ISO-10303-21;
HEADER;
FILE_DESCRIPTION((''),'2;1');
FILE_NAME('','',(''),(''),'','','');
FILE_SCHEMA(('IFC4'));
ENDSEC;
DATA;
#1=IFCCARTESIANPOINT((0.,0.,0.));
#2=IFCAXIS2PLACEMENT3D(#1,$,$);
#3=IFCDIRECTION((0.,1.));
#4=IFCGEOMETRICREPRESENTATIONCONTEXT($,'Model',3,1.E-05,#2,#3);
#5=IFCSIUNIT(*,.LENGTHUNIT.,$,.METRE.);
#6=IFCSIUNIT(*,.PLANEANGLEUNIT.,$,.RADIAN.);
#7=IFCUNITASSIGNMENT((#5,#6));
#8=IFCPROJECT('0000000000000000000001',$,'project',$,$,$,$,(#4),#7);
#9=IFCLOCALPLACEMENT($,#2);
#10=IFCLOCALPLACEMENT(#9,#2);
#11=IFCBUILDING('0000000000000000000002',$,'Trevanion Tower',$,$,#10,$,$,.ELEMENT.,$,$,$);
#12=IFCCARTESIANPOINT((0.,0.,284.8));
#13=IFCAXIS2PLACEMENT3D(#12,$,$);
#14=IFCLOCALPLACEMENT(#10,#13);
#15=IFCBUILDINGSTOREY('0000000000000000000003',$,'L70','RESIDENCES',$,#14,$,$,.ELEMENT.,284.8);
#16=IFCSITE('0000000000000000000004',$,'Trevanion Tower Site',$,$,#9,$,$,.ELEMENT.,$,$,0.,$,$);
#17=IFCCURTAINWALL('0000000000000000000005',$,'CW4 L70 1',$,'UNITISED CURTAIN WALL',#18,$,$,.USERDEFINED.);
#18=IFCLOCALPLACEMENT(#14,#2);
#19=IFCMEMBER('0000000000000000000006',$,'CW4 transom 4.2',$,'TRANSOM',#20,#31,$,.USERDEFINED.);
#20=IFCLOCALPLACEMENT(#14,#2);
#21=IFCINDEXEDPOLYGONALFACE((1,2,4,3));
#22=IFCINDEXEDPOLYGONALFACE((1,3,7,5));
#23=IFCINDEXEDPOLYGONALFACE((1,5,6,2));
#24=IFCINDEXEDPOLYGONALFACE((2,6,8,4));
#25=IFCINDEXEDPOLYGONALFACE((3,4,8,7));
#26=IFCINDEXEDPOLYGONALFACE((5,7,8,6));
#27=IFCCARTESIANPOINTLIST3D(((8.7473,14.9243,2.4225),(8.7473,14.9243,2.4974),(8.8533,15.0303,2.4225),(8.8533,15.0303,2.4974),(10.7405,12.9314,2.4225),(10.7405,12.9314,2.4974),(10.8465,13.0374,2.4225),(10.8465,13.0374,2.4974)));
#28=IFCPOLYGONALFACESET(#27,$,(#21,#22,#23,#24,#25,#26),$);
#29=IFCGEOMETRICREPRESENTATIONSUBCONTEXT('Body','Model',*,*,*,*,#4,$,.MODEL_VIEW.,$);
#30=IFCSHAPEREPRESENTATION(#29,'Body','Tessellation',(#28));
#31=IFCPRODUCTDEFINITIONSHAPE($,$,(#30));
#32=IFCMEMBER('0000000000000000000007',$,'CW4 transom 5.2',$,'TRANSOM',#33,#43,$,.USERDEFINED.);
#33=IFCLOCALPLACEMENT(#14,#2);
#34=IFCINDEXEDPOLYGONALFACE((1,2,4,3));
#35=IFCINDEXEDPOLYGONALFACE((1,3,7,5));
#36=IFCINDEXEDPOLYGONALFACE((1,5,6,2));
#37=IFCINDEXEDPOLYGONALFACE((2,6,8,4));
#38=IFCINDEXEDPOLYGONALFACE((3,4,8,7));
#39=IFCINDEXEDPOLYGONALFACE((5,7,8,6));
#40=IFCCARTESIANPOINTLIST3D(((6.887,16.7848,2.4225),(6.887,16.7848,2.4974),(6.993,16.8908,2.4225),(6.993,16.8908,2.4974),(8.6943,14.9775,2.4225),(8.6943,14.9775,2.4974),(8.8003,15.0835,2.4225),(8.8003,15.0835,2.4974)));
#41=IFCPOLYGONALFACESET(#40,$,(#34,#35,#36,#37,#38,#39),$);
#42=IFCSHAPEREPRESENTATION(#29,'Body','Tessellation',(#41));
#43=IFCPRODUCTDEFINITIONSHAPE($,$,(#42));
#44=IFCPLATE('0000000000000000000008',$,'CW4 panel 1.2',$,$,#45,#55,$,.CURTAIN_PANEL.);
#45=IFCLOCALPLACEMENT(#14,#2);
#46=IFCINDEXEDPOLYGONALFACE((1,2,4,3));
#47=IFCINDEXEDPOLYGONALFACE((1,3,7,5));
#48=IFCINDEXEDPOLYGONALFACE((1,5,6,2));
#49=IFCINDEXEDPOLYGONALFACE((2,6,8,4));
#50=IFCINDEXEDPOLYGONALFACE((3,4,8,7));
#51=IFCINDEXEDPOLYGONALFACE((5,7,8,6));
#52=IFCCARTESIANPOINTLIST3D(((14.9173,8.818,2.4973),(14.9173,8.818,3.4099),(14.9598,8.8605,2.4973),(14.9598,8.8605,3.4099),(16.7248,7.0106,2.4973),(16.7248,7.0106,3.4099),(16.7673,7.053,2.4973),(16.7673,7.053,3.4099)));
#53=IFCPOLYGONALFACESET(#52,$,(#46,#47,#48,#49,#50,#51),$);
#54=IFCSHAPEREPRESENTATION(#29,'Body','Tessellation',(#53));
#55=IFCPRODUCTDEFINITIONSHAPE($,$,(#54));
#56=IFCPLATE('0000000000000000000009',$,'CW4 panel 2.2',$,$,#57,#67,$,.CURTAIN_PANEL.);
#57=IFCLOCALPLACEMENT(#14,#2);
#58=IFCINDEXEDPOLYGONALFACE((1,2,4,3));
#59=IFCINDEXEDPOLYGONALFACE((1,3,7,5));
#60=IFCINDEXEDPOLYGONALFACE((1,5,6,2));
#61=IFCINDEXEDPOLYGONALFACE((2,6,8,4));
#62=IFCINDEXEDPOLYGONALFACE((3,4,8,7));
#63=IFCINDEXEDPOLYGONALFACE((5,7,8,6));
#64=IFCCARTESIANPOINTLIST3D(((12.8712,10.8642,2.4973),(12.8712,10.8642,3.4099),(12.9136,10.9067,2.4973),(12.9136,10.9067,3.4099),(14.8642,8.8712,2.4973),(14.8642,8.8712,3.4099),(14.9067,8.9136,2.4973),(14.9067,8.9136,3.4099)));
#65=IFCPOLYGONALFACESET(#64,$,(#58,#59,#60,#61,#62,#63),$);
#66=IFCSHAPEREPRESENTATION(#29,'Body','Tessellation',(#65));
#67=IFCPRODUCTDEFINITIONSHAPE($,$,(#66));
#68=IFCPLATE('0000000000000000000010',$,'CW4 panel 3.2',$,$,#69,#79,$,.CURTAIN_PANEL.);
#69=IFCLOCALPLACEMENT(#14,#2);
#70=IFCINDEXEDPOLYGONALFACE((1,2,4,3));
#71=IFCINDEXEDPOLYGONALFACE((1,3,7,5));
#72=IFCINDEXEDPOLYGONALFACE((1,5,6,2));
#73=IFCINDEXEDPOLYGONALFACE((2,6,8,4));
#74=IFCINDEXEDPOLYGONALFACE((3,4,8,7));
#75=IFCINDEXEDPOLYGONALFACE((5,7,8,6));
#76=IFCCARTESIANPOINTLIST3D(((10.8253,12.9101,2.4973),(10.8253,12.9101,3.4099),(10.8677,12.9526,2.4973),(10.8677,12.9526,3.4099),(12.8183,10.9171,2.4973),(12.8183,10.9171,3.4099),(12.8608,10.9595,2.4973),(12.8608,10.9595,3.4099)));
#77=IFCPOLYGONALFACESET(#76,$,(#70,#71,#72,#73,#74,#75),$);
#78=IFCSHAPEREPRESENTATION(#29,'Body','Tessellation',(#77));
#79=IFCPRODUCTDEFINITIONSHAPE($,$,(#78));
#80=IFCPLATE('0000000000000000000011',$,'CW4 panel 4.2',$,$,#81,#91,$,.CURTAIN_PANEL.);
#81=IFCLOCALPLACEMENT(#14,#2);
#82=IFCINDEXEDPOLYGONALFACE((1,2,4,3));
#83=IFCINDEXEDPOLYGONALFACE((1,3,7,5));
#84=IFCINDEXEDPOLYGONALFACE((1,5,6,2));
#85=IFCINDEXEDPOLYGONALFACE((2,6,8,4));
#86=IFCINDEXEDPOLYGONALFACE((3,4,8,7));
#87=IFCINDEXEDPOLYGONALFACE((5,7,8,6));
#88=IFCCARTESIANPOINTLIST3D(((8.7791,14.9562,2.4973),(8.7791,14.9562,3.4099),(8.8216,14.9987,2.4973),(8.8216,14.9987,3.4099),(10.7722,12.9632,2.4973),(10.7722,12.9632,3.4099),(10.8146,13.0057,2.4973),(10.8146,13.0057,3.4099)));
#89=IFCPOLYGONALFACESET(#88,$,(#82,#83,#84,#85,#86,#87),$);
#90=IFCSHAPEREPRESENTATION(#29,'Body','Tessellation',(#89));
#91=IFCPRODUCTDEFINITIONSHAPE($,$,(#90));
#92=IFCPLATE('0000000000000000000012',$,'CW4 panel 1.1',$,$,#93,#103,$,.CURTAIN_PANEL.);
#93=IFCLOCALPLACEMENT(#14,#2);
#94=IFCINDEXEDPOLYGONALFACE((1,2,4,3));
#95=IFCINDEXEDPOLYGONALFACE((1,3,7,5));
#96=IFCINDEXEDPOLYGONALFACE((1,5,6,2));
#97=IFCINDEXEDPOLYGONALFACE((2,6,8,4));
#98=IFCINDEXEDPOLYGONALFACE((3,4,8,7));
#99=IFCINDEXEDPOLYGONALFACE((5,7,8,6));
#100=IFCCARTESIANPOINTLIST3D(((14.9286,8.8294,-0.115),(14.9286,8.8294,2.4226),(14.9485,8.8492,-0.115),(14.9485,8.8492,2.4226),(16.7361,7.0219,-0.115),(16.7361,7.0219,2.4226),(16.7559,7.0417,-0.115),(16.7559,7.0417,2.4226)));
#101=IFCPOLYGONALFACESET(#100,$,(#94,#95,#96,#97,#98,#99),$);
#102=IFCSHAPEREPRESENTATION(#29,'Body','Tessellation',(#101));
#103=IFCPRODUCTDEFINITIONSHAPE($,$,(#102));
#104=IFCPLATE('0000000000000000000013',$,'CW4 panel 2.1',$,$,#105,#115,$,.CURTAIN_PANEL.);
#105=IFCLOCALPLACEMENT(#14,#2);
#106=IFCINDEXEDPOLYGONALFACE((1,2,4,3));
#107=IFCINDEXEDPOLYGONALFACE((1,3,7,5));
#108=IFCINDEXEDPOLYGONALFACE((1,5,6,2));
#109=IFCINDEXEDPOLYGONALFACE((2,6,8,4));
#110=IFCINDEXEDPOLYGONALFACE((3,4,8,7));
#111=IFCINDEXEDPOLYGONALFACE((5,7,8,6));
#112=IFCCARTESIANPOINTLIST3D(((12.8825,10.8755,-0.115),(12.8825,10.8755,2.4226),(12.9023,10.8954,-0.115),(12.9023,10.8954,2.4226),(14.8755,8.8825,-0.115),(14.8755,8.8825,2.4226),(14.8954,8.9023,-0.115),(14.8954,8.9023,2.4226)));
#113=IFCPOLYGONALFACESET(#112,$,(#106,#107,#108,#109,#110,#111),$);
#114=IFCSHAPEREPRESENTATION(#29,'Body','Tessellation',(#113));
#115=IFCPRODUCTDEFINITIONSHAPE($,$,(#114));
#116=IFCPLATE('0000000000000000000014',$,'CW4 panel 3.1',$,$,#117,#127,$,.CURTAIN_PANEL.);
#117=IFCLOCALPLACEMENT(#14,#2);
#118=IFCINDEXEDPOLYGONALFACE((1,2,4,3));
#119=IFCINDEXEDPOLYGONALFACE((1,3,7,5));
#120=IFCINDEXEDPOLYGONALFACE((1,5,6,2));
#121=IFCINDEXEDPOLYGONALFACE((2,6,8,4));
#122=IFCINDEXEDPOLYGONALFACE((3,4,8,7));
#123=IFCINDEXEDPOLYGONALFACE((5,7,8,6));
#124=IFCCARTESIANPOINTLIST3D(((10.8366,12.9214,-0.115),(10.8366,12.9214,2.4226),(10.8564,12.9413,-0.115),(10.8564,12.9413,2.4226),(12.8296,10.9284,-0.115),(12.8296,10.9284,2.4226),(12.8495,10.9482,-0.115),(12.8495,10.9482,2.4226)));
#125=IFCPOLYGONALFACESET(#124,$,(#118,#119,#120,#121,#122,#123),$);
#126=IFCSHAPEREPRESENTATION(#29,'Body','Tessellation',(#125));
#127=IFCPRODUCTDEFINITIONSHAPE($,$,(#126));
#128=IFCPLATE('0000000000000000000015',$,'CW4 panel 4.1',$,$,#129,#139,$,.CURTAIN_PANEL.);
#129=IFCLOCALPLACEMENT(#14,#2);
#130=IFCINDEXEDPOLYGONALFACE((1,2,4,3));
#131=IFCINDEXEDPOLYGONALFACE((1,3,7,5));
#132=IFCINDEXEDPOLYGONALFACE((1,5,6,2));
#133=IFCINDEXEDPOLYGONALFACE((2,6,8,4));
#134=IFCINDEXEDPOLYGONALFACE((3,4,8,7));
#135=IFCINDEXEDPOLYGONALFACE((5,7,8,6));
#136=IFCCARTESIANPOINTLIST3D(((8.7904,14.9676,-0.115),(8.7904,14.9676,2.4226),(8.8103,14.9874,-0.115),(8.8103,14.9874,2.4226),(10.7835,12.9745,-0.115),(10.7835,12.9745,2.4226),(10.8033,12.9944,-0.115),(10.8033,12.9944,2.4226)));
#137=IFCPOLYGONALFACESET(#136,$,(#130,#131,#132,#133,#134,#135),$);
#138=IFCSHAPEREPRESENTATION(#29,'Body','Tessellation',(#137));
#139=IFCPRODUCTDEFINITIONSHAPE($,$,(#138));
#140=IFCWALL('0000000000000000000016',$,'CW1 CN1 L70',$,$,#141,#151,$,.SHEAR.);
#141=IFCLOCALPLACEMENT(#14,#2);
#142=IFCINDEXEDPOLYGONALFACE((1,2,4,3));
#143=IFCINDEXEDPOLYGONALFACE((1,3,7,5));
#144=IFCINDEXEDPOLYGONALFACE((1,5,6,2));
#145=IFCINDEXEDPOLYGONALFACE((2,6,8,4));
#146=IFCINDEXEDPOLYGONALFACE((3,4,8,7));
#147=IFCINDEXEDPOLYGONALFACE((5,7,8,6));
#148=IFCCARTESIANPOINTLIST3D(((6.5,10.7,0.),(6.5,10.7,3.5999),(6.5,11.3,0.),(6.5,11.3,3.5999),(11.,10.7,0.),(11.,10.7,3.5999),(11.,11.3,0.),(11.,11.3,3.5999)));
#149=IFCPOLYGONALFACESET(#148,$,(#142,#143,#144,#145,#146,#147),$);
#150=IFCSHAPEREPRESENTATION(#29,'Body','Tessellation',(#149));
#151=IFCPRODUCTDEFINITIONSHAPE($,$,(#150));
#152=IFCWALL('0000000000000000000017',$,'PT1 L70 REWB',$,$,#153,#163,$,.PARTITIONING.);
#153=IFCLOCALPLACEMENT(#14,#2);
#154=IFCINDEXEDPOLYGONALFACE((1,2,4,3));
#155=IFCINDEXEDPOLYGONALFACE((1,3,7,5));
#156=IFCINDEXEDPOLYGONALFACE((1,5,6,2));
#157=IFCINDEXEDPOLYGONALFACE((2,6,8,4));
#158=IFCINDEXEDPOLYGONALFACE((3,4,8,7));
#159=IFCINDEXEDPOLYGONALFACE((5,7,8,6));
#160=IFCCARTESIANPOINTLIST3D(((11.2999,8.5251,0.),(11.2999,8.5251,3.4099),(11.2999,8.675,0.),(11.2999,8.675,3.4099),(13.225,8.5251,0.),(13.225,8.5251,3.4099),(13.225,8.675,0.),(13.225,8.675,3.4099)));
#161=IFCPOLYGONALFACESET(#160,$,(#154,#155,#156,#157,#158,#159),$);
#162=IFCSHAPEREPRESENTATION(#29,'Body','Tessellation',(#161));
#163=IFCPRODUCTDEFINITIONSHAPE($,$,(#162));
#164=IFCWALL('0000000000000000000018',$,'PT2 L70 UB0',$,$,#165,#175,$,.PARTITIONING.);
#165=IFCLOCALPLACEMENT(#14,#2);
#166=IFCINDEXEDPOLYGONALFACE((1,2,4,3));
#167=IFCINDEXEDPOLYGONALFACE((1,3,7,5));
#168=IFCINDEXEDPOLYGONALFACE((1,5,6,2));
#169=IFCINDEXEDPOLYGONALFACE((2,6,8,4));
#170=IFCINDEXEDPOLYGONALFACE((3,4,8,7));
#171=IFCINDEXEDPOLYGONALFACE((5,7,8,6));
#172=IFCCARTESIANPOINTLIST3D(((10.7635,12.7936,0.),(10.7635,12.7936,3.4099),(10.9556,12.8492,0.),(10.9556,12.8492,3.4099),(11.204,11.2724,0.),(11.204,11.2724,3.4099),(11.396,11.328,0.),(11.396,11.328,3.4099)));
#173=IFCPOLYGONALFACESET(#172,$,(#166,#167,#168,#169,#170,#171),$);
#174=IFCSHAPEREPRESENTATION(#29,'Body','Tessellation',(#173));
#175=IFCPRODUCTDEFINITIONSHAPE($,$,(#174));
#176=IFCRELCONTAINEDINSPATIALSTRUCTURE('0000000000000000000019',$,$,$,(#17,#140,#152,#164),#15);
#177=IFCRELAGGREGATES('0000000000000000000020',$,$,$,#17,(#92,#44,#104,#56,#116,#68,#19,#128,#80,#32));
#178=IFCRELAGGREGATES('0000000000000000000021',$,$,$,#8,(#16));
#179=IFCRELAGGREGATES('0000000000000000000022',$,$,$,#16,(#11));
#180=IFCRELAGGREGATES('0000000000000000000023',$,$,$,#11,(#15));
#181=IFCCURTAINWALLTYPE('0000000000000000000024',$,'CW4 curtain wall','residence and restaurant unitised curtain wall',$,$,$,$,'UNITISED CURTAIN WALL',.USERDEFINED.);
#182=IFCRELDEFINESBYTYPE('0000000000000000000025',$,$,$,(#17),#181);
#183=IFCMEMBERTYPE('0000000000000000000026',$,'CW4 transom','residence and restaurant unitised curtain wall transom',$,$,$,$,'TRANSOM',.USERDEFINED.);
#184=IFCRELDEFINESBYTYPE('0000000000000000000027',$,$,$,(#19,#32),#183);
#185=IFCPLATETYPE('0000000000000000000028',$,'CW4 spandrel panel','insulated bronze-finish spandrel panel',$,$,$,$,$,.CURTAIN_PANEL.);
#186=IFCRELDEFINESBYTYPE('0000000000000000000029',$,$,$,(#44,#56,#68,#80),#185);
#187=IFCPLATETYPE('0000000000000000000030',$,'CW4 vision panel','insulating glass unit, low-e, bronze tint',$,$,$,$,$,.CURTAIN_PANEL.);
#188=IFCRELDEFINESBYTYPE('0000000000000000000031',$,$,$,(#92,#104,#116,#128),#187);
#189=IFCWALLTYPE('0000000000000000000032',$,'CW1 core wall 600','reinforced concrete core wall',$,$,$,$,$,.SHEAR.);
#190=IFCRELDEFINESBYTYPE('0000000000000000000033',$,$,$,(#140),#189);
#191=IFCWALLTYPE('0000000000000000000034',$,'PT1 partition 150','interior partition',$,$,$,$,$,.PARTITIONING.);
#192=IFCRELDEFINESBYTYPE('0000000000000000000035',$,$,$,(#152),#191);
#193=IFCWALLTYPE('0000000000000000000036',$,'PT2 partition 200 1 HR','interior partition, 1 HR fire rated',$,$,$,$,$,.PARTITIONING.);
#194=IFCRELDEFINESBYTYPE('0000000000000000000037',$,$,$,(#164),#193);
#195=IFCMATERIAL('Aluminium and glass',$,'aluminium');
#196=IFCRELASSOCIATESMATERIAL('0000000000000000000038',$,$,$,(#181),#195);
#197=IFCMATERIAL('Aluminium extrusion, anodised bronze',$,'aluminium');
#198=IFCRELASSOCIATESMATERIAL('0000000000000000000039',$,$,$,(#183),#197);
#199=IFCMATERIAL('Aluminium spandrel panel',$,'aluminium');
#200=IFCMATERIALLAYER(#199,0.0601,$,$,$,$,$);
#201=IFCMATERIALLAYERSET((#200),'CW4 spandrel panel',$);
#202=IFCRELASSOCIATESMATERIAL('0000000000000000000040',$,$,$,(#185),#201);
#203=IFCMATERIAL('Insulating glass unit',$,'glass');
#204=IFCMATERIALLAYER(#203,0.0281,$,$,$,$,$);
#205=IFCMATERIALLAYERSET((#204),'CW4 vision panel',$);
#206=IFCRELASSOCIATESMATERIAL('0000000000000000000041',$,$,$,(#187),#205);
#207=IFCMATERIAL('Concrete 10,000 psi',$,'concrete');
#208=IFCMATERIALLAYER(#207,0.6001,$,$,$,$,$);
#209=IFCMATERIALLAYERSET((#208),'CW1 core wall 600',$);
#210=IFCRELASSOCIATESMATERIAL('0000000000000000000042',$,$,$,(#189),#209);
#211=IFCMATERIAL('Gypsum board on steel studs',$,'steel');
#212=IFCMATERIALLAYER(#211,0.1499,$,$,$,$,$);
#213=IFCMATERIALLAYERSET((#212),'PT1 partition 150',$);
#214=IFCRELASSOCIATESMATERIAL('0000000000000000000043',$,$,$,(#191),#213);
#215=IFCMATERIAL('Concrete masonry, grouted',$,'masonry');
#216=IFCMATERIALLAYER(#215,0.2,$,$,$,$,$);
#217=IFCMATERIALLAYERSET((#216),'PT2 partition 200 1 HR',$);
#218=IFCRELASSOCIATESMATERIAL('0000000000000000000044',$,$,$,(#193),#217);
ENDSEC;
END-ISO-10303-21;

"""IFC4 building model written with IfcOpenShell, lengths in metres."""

from ifc_helpers import new_model, si_unit, direction, frame, frame_2d, origin, origin_2d, place, context, subcontext, project, spatial, rectangle, extrude, material, layer, layer_set, material_profile, profile_set, type_object, element, aggregate, save


model = new_model("IFC4")

# Units and contexts
model_context = context("Model", 3, precision=1e-05, world=origin(), true_north=direction((0.0, 1.0)))
body_context = subcontext(model_context, "Body", "Model", "MODEL_VIEW")
ifc_project = project(units=[si_unit("LENGTHUNIT", "METRE"), si_unit("PLANEANGLEUNIT", "RADIAN")], contexts=[model_context])

# Site, building, storey
site_placement = place(None, origin())
site = spatial("IfcSite", under=ifc_project, at=site_placement, Name="Trevanion Tower Site", CompositionType="ELEMENT", RefElevation=0.0)
building_placement = place(site_placement, origin())
building = spatial("IfcBuilding", under=site, at=building_placement, Name="Trevanion Tower", CompositionType="ELEMENT")
storey_placement = place(building_placement, frame((0.0, 0.0, 284.8)))
storey = spatial("IfcBuildingStorey", under=building, at=storey_placement, Name="L70", Description="RESIDENCES", CompositionType="ELEMENT", Elevation=284.8)

# Curtain wall, members, plates
ifc_material_1 = material(Name="Aluminium and glass", Category="aluminium")
curtain_wall_type = type_object("IfcCurtainWallType", Name="CW4 curtain wall", Description="residence and restaurant unitised curtain wall", ElementType="UNITISED CURTAIN WALL", PredefinedType="USERDEFINED", material=ifc_material_1)
curtain_wall_placement = place(storey_placement, origin())
curtain_wall = element("IfcCurtainWall", 1, at=curtain_wall_placement, inside=storey, type_object=curtain_wall_type, Name="CW4 L70 1", ObjectType="UNITISED CURTAIN WALL", PredefinedType="USERDEFINED")
ifc_material_2 = material(Name="Aluminium extrusion, anodised bronze", Category="aluminium")
ifc_material_profile_1 = material_profile(ifc_material_2, rectangle(XDim=0.1499, YDim=0.075, at=origin_2d()), Name="CW4 transom")
ifc_profile_set_1 = profile_set([ifc_material_profile_1], Name="Aluminium extrusion, anodised bronze")
member_type_1 = type_object("IfcMemberType", Name="CW4 transom", Description="residence and restaurant unitised curtain wall transom", ElementType="TRANSOM", PredefinedType="USERDEFINED", material=ifc_profile_set_1)
member_1_placement = place(storey_placement, frame((10.7935, 12.9844, 2.46), z_axis=(-0.70715, 0.707063, 0.0), x_axis=(-0.707063, -0.70715, 0.0)))
member_1 = element("IfcMember", 2, at=member_1_placement, type_object=member_type_1, Name="CW4 transom 4.2", ObjectType="TRANSOM", PredefinedType="USERDEFINED", context=body_context, shape_type="SweptSolid", body=[
    extrude(rectangle(XDim=0.1499, YDim=0.075, at=origin_2d()), origin(), (0.0, 0.0, 1.0), 2.8186),
])
member_2_placement = place(storey_placement, frame((8.7473, 15.0305, 2.46), z_axis=(-0.707107, 0.707107, 0.0), x_axis=(-0.707107, -0.707107, 0.0)))
member_2 = element("IfcMember", 3, at=member_2_placement, type_object=member_type_1, Name="CW4 transom 5.2", ObjectType="TRANSOM", PredefinedType="USERDEFINED", context=body_context, shape_type="SweptSolid", body=[
    extrude(rectangle(XDim=0.1499, YDim=0.075, at=origin_2d()), origin(), (0.0, 0.0, 1.0), 2.5559),
])
ifc_material_3 = material(Name="Aluminium spandrel panel", Category="aluminium")
ifc_layer_1 = layer(ifc_material_3, 0.0601)
ifc_layer_set_1 = layer_set([ifc_layer_1], Name="CW4 spandrel panel")
plate_type_1 = type_object("IfcPlateType", Name="CW4 spandrel panel", Description="insulated bronze-finish spandrel panel", PredefinedType="CURTAIN_PANEL", material=ifc_layer_set_1)
plate_1_placement = place(storey_placement, frame((15.8423, 7.9355, 2.4973), z_axis=(0.0, 0.0, 1.0), x_axis=(-0.707107, 0.707107, 0.0)))
plate_1 = element("IfcPlate", 4, at=plate_1_placement, type_object=plate_type_1, Name="CW4 panel 1.2", PredefinedType="CURTAIN_PANEL", context=body_context, shape_type="SweptSolid", body=[
    extrude(rectangle(XDim=2.5562, YDim=0.0601, at=origin_2d()), origin(), (0.0, 0.0, 1.0), 0.9126),
])
plate_2_placement = place(storey_placement, frame((13.8889, 9.8889, 2.4973), z_axis=(0.0, 0.0, 1.0), x_axis=(-0.707107, 0.707107, 0.0)))
plate_2 = element("IfcPlate", 5, at=plate_2_placement, type_object=plate_type_1, Name="CW4 panel 2.2", PredefinedType="CURTAIN_PANEL", context=body_context, shape_type="SweptSolid", body=[
    extrude(rectangle(XDim=2.8186, YDim=0.0601, at=origin_2d()), origin(), (0.0, 0.0, 1.0), 0.9126),
])
plate_3_placement = place(storey_placement, frame((11.843, 11.9348, 2.4973), z_axis=(0.0, 0.0, 1.0), x_axis=(-0.707107, 0.707107, 0.0)))
plate_3 = element("IfcPlate", 6, at=plate_3_placement, type_object=plate_type_1, Name="CW4 panel 3.2", PredefinedType="CURTAIN_PANEL", context=body_context, shape_type="SweptSolid", body=[
    extrude(rectangle(XDim=2.8186, YDim=0.0601, at=origin_2d()), origin(), (0.0, 0.0, 1.0), 0.9126),
])
plate_4_placement = place(storey_placement, frame((9.7969, 13.981, 2.4973), z_axis=(0.0, 0.0, 1.0), x_axis=(-0.707107, 0.707107, 0.0)))
plate_4 = element("IfcPlate", 7, at=plate_4_placement, type_object=plate_type_1, Name="CW4 panel 4.2", PredefinedType="CURTAIN_PANEL", context=body_context, shape_type="SweptSolid", body=[
    extrude(rectangle(XDim=2.8186, YDim=0.0601, at=origin_2d()), origin(), (0.0, 0.0, 1.0), 0.9126),
])
ifc_material_4 = material(Name="Insulating glass unit", Category="glass")
ifc_layer_2 = layer(ifc_material_4, 0.0281)
ifc_layer_set_2 = layer_set([ifc_layer_2], Name="CW4 vision panel")
plate_type_2 = type_object("IfcPlateType", Name="CW4 vision panel", Description="insulating glass unit, low-e, bronze tint", PredefinedType="CURTAIN_PANEL", material=ifc_layer_set_2)
plate_5_placement = place(storey_placement, frame((15.8423, 7.9355, -0.115), z_axis=(0.0, 0.0, 1.0), x_axis=(-0.707107, 0.707107, 0.0)))
plate_5 = element("IfcPlate", 8, at=plate_5_placement, type_object=plate_type_2, Name="CW4 panel 1.1", PredefinedType="CURTAIN_PANEL", context=body_context, shape_type="SweptSolid", body=[
    extrude(rectangle(XDim=2.5562, YDim=0.0281, at=origin_2d()), origin(), (0.0, 0.0, 1.0), 2.5376),
])
plate_6_placement = place(storey_placement, frame((13.8889, 9.8889, -0.115), z_axis=(0.0, 0.0, 1.0), x_axis=(-0.707107, 0.707107, 0.0)))
plate_6 = element("IfcPlate", 9, at=plate_6_placement, type_object=plate_type_2, Name="CW4 panel 2.1", PredefinedType="CURTAIN_PANEL", context=body_context, shape_type="SweptSolid", body=[
    extrude(rectangle(XDim=2.8186, YDim=0.0281, at=origin_2d()), origin(), (0.0, 0.0, 1.0), 2.5376),
])
plate_7_placement = place(storey_placement, frame((11.843, 11.9348, -0.115), z_axis=(0.0, 0.0, 1.0), x_axis=(-0.707107, 0.707107, 0.0)))
plate_7 = element("IfcPlate", 10, at=plate_7_placement, type_object=plate_type_2, Name="CW4 panel 3.1", PredefinedType="CURTAIN_PANEL", context=body_context, shape_type="SweptSolid", body=[
    extrude(rectangle(XDim=2.8186, YDim=0.0281, at=origin_2d()), origin(), (0.0, 0.0, 1.0), 2.5376),
])
plate_8_placement = place(storey_placement, frame((9.7969, 13.981, -0.115), z_axis=(0.0, 0.0, 1.0), x_axis=(-0.707107, 0.707107, 0.0)))
plate_8 = element("IfcPlate", 11, at=plate_8_placement, type_object=plate_type_2, Name="CW4 panel 4.1", PredefinedType="CURTAIN_PANEL", context=body_context, shape_type="SweptSolid", body=[
    extrude(rectangle(XDim=2.8186, YDim=0.0281, at=origin_2d()), origin(), (0.0, 0.0, 1.0), 2.5376),
])
aggregate(curtain_wall, [plate_5, plate_1, plate_6, plate_2, plate_7, plate_3, member_1, plate_8, plate_4, member_2])

# Walls
ifc_material_5 = material(Name="Concrete 10,000 psi", Category="concrete")
ifc_layer_3 = layer(ifc_material_5, 0.6001)
ifc_layer_set_3 = layer_set([ifc_layer_3], Name="CW1 core wall 600")
wall_type_1 = type_object("IfcWallType", Name="CW1 core wall 600", Description="reinforced concrete core wall", PredefinedType="SHEAR", material=ifc_layer_set_3)
wall_1_placement = place(storey_placement, frame((11.0, 11.0, 0.0), z_axis=(0.0, 0.0, 1.0), x_axis=(-1.0, 0.0, 0.0)))
element("IfcWall", 12, at=wall_1_placement, inside=storey, type_object=wall_type_1, Name="CW1 CN1 L70", PredefinedType="SHEAR", context=body_context, shape_type="SweptSolid", body=[
    extrude(rectangle(XDim=4.5, YDim=0.6001, at=frame_2d((2.25, 0.0))), origin(), (0.0, 0.0, 1.0), 3.5999),
])
ifc_material_6 = material(Name="Gypsum board on steel studs", Category="steel")
ifc_layer_4 = layer(ifc_material_6, 0.1499)
ifc_layer_set_4 = layer_set([ifc_layer_4], Name="PT1 partition 150")
wall_type_2 = type_object("IfcWallType", Name="PT1 partition 150", Description="interior partition", PredefinedType="PARTITIONING", material=ifc_layer_set_4)
wall_2_placement = place(storey_placement, frame((11.3, 8.6001, 0.0), z_axis=(0.0, 0.0, 1.0), x_axis=(1.0, 0.0, 0.0)))
element("IfcWall", 13, at=wall_2_placement, inside=storey, type_object=wall_type_2, Name="PT1 L70 REWB", PredefinedType="PARTITIONING", context=body_context, shape_type="SweptSolid", body=[
    extrude(rectangle(XDim=1.925, YDim=0.1499, at=frame_2d((0.9624, 0.0))), origin(), (0.0, 0.0, 1.0), 3.4099),
])
ifc_material_7 = material(Name="Concrete masonry, grouted", Category="masonry")
ifc_layer_5 = layer(ifc_material_7, 0.2)
ifc_layer_set_5 = layer_set([ifc_layer_5], Name="PT2 partition 200 1 HR")
wall_type_3 = type_object("IfcWallType", Name="PT2 partition 200 1 HR", Description="interior partition, 1 HR fire rated", PredefinedType="PARTITIONING", material=ifc_layer_set_5)
wall_3_placement = place(storey_placement, frame((11.3, 11.3, 0.0), z_axis=(0.0, 0.0, 1.0), x_axis=(-0.278099, 0.960552, 0.0)))
element("IfcWall", 14, at=wall_3_placement, inside=storey, type_object=wall_type_3, Name="PT2 L70 UB0", PredefinedType="PARTITIONING", context=body_context, shape_type="SweptSolid", body=[
    extrude(rectangle(XDim=1.5837, YDim=0.2, at=frame_2d((0.792, 0.0))), origin(), (0.0, 0.0, 1.0), 3.4099),
])

save(model, "model.ifc")
